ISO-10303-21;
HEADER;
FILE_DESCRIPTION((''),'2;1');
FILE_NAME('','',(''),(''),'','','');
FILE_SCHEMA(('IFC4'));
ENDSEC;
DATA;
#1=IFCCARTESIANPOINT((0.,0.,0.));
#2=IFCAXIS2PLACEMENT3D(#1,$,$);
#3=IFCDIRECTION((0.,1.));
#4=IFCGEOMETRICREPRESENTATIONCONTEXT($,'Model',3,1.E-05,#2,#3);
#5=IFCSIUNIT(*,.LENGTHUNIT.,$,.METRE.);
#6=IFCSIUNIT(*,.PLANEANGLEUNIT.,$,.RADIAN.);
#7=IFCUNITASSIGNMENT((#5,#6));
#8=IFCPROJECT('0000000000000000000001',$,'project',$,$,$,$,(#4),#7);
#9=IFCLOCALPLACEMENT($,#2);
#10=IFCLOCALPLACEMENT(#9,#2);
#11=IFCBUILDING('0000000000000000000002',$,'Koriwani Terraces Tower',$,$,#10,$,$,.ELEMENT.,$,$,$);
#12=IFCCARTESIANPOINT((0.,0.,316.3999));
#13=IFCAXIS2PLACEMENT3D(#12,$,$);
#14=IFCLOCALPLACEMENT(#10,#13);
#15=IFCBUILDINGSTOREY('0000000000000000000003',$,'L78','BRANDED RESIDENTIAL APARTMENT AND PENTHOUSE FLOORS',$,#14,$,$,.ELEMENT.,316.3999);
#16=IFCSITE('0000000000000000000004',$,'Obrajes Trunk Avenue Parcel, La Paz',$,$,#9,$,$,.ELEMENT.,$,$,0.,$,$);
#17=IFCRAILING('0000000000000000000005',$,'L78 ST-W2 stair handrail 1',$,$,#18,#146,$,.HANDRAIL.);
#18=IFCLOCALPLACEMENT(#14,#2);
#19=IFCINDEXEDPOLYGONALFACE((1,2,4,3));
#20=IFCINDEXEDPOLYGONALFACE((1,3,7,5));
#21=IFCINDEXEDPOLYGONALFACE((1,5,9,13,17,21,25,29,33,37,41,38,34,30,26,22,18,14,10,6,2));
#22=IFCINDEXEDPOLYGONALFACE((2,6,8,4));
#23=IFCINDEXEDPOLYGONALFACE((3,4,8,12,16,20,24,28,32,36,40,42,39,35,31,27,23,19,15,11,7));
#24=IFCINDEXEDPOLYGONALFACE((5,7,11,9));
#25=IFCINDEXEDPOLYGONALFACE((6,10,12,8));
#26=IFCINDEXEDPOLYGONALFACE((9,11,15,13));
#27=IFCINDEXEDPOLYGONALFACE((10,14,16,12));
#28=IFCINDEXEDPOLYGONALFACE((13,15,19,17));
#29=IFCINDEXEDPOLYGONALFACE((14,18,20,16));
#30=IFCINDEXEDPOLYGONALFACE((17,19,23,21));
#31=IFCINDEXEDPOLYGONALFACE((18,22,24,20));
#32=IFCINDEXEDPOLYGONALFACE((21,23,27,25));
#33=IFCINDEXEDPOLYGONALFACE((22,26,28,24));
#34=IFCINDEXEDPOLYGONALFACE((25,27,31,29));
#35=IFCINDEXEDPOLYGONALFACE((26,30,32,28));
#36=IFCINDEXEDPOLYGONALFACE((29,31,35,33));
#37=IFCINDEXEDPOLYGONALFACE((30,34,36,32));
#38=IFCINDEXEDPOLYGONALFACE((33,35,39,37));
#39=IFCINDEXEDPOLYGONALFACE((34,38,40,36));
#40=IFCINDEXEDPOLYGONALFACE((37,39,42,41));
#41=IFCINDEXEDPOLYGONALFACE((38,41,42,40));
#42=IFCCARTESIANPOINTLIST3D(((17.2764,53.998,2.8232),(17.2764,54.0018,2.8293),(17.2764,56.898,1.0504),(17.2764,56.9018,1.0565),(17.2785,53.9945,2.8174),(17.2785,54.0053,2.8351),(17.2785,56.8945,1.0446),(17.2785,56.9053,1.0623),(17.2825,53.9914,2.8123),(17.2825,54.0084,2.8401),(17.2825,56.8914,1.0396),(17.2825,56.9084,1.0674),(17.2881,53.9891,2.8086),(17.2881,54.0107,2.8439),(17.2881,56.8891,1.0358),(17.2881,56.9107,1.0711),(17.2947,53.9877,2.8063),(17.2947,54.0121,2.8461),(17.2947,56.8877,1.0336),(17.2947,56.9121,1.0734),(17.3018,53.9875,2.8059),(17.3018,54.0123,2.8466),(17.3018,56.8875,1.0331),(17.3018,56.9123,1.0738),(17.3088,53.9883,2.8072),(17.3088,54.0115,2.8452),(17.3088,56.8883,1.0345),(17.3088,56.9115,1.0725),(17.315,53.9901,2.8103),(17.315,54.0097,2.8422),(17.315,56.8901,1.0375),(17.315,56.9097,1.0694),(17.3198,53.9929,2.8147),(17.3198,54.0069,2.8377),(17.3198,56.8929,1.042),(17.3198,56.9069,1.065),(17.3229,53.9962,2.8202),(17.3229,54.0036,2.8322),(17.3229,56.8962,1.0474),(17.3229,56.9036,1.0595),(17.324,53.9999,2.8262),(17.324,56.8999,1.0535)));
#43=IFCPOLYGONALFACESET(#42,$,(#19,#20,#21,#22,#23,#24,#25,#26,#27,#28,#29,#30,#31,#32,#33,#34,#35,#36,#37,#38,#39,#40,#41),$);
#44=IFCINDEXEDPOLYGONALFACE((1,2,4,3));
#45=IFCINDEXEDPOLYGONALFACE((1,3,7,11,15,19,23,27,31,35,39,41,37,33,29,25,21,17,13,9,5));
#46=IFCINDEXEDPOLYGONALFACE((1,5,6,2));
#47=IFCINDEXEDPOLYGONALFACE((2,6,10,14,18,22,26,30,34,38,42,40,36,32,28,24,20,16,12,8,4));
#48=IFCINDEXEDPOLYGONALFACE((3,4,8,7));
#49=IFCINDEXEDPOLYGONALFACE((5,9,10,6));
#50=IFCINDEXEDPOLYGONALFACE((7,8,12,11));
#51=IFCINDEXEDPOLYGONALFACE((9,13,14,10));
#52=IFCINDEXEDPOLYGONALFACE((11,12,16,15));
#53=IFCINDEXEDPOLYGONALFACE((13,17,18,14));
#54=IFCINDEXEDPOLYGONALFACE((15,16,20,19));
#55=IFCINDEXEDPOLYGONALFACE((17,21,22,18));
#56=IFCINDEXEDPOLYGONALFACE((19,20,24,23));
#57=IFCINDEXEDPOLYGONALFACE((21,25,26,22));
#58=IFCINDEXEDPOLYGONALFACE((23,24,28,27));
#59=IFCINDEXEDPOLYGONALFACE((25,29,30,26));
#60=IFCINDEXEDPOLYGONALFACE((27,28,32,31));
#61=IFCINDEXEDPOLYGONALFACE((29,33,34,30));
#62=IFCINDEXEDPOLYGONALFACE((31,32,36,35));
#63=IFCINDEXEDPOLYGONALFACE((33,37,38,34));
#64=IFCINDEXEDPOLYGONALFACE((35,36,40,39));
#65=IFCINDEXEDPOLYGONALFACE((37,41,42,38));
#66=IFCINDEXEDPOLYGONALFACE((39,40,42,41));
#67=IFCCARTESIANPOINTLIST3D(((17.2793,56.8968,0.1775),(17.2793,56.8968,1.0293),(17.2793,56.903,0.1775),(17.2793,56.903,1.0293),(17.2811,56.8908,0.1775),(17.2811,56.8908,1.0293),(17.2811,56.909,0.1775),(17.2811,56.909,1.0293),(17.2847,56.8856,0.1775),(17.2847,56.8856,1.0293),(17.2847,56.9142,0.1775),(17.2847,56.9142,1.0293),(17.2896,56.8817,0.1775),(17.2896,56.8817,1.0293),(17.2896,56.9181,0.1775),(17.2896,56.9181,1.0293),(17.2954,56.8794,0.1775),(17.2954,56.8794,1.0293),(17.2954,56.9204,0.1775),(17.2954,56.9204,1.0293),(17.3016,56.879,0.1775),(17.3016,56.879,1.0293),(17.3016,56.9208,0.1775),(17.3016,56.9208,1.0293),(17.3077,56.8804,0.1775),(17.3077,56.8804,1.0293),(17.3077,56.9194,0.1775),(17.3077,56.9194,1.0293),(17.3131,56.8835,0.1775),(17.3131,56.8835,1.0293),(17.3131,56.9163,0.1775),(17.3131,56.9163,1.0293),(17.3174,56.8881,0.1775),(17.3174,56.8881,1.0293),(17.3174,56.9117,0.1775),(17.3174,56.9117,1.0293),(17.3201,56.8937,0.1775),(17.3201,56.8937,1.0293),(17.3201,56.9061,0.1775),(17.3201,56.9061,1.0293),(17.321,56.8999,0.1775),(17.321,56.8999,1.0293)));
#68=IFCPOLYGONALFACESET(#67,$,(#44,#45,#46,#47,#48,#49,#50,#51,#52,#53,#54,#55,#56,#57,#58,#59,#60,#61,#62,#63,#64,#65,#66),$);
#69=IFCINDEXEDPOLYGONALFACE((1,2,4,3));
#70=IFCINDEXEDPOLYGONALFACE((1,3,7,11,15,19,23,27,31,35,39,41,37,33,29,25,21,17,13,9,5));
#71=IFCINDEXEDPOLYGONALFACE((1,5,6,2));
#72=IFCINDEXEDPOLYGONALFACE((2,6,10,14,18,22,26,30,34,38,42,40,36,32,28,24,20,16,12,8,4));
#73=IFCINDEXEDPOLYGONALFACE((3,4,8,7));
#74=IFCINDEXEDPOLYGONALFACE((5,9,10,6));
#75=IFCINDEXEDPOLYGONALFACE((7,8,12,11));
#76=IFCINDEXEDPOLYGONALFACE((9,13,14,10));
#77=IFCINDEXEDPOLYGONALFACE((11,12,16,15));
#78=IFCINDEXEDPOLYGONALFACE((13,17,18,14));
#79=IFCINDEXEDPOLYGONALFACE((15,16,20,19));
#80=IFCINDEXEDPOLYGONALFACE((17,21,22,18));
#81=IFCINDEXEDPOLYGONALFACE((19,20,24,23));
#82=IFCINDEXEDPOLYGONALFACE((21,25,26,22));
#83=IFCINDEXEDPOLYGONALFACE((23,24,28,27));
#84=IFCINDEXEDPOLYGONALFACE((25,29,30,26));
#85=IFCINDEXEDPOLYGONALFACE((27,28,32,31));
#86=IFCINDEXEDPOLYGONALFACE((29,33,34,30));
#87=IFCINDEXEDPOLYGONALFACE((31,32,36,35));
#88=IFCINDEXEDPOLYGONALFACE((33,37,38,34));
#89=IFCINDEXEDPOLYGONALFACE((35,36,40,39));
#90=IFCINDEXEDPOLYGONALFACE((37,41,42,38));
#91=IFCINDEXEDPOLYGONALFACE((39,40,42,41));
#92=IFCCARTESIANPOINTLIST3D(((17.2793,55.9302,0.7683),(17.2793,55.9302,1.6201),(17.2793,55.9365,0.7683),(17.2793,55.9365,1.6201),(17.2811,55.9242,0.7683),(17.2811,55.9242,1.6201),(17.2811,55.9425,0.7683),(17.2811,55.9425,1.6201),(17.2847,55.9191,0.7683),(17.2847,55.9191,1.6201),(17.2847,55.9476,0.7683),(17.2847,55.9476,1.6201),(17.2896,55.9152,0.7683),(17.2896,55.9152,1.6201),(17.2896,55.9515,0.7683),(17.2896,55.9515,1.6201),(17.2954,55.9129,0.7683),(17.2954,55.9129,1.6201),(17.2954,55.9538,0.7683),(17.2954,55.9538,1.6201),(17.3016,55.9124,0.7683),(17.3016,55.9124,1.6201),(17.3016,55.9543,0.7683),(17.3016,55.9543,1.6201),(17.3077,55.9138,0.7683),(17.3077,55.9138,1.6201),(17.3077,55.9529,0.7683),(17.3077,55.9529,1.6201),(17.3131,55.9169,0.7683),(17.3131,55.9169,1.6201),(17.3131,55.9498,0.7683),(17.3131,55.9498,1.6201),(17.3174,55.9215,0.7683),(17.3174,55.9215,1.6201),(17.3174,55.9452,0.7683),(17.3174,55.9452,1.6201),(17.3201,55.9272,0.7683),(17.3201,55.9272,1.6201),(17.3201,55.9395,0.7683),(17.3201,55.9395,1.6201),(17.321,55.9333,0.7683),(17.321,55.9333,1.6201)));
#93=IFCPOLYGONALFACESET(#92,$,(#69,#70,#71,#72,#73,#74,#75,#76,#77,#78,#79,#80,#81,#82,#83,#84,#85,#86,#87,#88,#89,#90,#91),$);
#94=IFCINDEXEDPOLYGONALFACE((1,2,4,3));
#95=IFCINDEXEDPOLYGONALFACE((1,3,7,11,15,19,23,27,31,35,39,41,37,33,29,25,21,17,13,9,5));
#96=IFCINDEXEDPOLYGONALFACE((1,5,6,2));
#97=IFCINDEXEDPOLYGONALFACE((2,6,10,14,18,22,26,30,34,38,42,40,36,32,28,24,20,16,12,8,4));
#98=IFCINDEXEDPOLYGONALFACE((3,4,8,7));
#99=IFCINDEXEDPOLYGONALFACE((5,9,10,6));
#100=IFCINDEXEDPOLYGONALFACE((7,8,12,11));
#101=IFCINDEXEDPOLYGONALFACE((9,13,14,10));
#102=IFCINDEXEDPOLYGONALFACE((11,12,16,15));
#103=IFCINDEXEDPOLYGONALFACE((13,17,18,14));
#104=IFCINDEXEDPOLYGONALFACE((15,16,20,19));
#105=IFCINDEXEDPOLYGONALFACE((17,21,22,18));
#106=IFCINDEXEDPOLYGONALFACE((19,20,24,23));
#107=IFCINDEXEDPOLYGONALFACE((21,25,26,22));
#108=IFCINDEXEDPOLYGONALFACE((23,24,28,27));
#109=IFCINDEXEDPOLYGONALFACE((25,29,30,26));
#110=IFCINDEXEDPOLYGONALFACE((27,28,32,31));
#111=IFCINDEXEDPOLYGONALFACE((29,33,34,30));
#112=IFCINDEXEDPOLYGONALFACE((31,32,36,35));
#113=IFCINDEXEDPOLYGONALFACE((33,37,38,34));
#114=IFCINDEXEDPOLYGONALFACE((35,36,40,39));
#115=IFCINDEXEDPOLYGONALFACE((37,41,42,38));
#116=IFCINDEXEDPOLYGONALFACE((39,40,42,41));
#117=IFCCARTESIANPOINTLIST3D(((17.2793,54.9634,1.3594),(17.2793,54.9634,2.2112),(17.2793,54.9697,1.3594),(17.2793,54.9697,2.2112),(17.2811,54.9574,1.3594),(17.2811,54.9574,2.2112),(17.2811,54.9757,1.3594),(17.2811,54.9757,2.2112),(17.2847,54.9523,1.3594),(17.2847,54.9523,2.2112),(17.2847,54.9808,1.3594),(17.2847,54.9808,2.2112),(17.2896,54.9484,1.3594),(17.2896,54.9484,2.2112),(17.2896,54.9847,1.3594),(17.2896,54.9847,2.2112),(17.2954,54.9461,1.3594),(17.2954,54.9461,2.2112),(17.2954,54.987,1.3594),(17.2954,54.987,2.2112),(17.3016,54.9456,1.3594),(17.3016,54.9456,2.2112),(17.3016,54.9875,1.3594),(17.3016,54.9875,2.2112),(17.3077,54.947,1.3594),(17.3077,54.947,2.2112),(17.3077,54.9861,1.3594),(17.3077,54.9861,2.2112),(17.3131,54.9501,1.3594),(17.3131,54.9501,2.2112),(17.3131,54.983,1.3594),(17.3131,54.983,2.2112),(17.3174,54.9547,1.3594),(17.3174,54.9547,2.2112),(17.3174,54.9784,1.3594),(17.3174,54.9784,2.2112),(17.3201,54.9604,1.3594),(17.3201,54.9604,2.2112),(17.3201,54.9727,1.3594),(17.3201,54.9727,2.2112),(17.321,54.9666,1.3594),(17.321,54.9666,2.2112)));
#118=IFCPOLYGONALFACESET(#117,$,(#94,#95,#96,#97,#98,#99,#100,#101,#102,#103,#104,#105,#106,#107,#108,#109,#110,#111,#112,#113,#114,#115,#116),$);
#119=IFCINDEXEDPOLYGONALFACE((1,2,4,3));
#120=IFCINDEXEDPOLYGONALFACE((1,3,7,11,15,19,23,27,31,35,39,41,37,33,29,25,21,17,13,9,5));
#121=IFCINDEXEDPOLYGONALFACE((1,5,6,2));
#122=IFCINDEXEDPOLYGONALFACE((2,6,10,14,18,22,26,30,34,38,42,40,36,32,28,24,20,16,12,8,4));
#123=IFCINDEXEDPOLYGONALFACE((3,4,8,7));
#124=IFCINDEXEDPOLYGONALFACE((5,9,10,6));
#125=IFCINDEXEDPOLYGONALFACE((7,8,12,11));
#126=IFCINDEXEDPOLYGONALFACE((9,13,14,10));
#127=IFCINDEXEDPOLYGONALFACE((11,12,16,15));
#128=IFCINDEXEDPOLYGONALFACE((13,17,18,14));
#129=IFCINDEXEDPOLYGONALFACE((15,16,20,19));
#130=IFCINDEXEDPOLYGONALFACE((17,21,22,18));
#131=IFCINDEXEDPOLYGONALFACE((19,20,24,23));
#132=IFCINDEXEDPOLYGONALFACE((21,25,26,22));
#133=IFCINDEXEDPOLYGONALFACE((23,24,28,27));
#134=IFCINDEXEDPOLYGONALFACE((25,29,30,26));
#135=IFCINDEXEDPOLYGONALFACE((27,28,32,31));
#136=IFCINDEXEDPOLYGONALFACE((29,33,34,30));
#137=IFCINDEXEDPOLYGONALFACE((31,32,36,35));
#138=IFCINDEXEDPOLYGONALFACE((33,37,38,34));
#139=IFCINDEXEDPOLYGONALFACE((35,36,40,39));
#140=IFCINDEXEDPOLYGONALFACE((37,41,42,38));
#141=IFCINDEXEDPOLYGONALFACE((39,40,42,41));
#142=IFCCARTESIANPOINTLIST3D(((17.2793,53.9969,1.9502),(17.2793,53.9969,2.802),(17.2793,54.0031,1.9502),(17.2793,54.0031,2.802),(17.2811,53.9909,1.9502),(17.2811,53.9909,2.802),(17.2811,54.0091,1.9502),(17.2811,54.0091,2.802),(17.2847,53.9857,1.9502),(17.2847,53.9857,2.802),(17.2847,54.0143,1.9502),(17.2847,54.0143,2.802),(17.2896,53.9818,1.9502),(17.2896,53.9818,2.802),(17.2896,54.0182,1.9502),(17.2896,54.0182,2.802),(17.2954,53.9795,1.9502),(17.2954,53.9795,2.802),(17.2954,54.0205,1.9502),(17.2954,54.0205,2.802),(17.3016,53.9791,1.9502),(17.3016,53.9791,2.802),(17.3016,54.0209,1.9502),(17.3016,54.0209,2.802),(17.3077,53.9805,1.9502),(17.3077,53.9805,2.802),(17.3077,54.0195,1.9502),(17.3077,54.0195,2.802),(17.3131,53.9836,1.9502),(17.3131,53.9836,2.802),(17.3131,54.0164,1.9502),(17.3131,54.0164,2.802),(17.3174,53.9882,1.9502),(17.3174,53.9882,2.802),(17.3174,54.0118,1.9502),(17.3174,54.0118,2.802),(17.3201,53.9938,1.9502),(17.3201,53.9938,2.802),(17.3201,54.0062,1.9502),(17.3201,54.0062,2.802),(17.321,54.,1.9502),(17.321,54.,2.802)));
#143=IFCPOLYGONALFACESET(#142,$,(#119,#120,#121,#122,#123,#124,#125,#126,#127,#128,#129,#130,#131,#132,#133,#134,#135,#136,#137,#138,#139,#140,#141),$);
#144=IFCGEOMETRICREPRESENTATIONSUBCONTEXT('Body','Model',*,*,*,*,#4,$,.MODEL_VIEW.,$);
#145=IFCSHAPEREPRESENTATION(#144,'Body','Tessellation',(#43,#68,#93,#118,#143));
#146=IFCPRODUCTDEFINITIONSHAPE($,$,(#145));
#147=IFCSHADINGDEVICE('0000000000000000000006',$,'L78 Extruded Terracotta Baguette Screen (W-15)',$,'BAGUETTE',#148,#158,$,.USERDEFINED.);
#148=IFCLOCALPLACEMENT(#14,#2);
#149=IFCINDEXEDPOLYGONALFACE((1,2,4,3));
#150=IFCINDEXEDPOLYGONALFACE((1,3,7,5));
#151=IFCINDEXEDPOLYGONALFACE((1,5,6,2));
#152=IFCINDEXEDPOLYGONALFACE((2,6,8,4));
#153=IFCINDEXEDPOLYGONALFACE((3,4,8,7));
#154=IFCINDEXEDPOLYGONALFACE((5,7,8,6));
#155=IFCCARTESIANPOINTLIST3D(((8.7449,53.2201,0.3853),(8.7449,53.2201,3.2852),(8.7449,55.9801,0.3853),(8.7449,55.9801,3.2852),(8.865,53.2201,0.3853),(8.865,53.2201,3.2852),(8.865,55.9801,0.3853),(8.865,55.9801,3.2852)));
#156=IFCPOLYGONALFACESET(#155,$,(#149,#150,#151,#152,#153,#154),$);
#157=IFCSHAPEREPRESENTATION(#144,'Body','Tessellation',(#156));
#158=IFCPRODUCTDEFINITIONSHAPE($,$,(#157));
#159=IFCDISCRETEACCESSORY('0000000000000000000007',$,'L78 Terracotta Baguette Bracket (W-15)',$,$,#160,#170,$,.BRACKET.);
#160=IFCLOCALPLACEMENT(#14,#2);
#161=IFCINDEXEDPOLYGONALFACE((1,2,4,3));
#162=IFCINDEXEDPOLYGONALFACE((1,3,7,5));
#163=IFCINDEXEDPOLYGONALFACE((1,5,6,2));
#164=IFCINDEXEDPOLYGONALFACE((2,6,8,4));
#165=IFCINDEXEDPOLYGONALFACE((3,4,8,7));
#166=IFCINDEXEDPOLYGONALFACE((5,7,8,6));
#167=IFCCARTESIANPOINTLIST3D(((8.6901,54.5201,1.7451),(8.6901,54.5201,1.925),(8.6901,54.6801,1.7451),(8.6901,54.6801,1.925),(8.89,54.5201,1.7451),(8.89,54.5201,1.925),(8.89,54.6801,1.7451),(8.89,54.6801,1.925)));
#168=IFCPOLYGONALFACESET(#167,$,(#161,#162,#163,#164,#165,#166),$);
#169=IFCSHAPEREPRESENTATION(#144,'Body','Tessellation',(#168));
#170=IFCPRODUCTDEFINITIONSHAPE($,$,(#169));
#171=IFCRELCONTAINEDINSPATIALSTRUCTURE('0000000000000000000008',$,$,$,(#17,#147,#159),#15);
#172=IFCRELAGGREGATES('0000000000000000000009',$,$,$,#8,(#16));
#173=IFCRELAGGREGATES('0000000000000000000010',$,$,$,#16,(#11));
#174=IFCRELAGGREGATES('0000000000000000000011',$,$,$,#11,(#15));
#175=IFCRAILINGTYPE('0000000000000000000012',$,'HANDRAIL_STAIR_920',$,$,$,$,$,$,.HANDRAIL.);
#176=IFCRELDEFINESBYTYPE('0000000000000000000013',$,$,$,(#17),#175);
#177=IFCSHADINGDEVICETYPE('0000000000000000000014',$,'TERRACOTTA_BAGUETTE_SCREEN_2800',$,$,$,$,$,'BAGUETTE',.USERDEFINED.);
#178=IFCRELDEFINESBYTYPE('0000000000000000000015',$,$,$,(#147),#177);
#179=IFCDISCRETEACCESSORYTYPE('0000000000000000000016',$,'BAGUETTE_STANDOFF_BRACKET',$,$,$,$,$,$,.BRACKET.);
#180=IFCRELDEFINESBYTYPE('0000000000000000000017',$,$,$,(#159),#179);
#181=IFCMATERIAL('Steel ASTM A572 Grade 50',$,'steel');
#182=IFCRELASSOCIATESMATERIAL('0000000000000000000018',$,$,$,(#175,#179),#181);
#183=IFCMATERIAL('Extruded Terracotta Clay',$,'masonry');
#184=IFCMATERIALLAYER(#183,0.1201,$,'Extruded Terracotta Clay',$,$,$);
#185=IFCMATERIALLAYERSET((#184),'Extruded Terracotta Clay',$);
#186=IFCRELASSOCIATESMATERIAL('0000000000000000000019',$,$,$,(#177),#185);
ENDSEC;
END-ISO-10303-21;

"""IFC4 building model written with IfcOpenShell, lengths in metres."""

from ifc_helpers import new_model, si_unit, direction, frame, origin, origin_2d, place, context, subcontext, project, spatial, rectangle, circle, extrude, material, layer, layer_set, type_object, element, save


model = new_model("IFC4")

# Units and contexts
model_context = context("Model", 3, precision=1e-05, world=origin(), true_north=direction((0.0, 1.0)))
body_context = subcontext(model_context, "Body", "Model", "MODEL_VIEW")
ifc_project = project(units=[si_unit("LENGTHUNIT", "METRE"), si_unit("PLANEANGLEUNIT", "RADIAN")], contexts=[model_context])

# Site, building, storey
site_placement = place(None, origin())
site = spatial("IfcSite", under=ifc_project, at=site_placement, Name="Obrajes Trunk Avenue Parcel, La Paz", CompositionType="ELEMENT", RefElevation=0.0)
building_placement = place(site_placement, origin())
building = spatial("IfcBuilding", under=site, at=building_placement, Name="Koriwani Terraces Tower", CompositionType="ELEMENT")
storey_placement = place(building_placement, frame((0.0, 0.0, 316.3999)))
storey = spatial("IfcBuildingStorey", under=building, at=storey_placement, Name="L78", Description="BRANDED RESIDENTIAL APARTMENT AND PENTHOUSE FLOORS", CompositionType="ELEMENT", Elevation=316.3999)

# Shared definitions
ifc_material_1 = material(Name="Steel ASTM A572 Grade 50", Category="steel")

# Railing
railing_type_1 = type_object("IfcRailingType", Name="HANDRAIL_STAIR_920", PredefinedType="HANDRAIL", material=ifc_material_1)
railing_1_placement = place(storey_placement, frame((17.3, 56.8999, 0.1775)))
element("IfcRailing", 1, at=railing_1_placement, inside=storey, type_object=railing_type_1, Name="L78 ST-W2 stair handrail 1", PredefinedType="HANDRAIL", context=body_context, shape_type="SweptSolid", body=[
    extrude(circle(Radius=0.0239, at=origin_2d()), frame((0.0, 0.0, 0.876), z_axis=(0.0, -0.853211, 0.521566), x_axis=(1.0, 0.0, 0.0)), (0.0, 0.0, 1.0), 3.3989),
    extrude(circle(Radius=0.021, at=origin_2d()), origin(), (0.0, 0.0, 1.0), 0.8518),
    extrude(circle(Radius=0.021, at=origin_2d()), frame((0.0, -0.9666, 0.5908)), (0.0, 0.0, 1.0), 0.8518),
    extrude(circle(Radius=0.021, at=origin_2d()), frame((0.0, -1.9333, 1.1819)), (0.0, 0.0, 1.0), 0.8518),
    extrude(circle(Radius=0.021, at=origin_2d()), frame((0.0, -2.8999, 1.7727)), (0.0, 0.0, 1.0), 0.8518),
])

# Shading device
ifc_material_2 = material(Name="Extruded Terracotta Clay", Category="masonry")
ifc_layer_1 = layer(ifc_material_2, 0.1201, Name="Extruded Terracotta Clay")
ifc_layer_set_1 = layer_set([ifc_layer_1], Name="Extruded Terracotta Clay")
shading_device_type = type_object("IfcShadingDeviceType", Name="TERRACOTTA_BAGUETTE_SCREEN_2800", ElementType="BAGUETTE", PredefinedType="USERDEFINED", material=ifc_layer_set_1)
shading_device_placement = place(storey_placement, frame((8.8049, 54.6001, 0.3853), z_axis=(0.0, 0.0, 1.0), x_axis=(0.0, 1.0, 0.0)))
element("IfcShadingDevice", 2, at=shading_device_placement, inside=storey, type_object=shading_device_type, Name="L78 Extruded Terracotta Baguette Screen (W-15)", ObjectType="BAGUETTE", PredefinedType="USERDEFINED", context=body_context, shape_type="SweptSolid", body=[
    extrude(rectangle(XDim=2.76, YDim=0.1201, at=origin_2d()), origin(), (0.0, 0.0, 1.0), 2.8999),
])

# Discrete accessory
discrete_accessory_type = type_object("IfcDiscreteAccessoryType", Name="BAGUETTE_STANDOFF_BRACKET", PredefinedType="BRACKET", material=ifc_material_1)
discrete_accessory_placement = place(storey_placement, frame((8.79, 54.6001, 1.7451), z_axis=(0.0, 0.0, 1.0), x_axis=(0.0, 1.0, 0.0)))
element("IfcDiscreteAccessory", 3, at=discrete_accessory_placement, inside=storey, type_object=discrete_accessory_type, Name="L78 Terracotta Baguette Bracket (W-15)", PredefinedType="BRACKET", context=body_context, shape_type="SweptSolid", body=[
    extrude(rectangle(XDim=0.1599, YDim=0.2, at=origin_2d()), origin(), (0.0, 0.0, 1.0), 0.1799),
])

save(model, "model.ifc")
